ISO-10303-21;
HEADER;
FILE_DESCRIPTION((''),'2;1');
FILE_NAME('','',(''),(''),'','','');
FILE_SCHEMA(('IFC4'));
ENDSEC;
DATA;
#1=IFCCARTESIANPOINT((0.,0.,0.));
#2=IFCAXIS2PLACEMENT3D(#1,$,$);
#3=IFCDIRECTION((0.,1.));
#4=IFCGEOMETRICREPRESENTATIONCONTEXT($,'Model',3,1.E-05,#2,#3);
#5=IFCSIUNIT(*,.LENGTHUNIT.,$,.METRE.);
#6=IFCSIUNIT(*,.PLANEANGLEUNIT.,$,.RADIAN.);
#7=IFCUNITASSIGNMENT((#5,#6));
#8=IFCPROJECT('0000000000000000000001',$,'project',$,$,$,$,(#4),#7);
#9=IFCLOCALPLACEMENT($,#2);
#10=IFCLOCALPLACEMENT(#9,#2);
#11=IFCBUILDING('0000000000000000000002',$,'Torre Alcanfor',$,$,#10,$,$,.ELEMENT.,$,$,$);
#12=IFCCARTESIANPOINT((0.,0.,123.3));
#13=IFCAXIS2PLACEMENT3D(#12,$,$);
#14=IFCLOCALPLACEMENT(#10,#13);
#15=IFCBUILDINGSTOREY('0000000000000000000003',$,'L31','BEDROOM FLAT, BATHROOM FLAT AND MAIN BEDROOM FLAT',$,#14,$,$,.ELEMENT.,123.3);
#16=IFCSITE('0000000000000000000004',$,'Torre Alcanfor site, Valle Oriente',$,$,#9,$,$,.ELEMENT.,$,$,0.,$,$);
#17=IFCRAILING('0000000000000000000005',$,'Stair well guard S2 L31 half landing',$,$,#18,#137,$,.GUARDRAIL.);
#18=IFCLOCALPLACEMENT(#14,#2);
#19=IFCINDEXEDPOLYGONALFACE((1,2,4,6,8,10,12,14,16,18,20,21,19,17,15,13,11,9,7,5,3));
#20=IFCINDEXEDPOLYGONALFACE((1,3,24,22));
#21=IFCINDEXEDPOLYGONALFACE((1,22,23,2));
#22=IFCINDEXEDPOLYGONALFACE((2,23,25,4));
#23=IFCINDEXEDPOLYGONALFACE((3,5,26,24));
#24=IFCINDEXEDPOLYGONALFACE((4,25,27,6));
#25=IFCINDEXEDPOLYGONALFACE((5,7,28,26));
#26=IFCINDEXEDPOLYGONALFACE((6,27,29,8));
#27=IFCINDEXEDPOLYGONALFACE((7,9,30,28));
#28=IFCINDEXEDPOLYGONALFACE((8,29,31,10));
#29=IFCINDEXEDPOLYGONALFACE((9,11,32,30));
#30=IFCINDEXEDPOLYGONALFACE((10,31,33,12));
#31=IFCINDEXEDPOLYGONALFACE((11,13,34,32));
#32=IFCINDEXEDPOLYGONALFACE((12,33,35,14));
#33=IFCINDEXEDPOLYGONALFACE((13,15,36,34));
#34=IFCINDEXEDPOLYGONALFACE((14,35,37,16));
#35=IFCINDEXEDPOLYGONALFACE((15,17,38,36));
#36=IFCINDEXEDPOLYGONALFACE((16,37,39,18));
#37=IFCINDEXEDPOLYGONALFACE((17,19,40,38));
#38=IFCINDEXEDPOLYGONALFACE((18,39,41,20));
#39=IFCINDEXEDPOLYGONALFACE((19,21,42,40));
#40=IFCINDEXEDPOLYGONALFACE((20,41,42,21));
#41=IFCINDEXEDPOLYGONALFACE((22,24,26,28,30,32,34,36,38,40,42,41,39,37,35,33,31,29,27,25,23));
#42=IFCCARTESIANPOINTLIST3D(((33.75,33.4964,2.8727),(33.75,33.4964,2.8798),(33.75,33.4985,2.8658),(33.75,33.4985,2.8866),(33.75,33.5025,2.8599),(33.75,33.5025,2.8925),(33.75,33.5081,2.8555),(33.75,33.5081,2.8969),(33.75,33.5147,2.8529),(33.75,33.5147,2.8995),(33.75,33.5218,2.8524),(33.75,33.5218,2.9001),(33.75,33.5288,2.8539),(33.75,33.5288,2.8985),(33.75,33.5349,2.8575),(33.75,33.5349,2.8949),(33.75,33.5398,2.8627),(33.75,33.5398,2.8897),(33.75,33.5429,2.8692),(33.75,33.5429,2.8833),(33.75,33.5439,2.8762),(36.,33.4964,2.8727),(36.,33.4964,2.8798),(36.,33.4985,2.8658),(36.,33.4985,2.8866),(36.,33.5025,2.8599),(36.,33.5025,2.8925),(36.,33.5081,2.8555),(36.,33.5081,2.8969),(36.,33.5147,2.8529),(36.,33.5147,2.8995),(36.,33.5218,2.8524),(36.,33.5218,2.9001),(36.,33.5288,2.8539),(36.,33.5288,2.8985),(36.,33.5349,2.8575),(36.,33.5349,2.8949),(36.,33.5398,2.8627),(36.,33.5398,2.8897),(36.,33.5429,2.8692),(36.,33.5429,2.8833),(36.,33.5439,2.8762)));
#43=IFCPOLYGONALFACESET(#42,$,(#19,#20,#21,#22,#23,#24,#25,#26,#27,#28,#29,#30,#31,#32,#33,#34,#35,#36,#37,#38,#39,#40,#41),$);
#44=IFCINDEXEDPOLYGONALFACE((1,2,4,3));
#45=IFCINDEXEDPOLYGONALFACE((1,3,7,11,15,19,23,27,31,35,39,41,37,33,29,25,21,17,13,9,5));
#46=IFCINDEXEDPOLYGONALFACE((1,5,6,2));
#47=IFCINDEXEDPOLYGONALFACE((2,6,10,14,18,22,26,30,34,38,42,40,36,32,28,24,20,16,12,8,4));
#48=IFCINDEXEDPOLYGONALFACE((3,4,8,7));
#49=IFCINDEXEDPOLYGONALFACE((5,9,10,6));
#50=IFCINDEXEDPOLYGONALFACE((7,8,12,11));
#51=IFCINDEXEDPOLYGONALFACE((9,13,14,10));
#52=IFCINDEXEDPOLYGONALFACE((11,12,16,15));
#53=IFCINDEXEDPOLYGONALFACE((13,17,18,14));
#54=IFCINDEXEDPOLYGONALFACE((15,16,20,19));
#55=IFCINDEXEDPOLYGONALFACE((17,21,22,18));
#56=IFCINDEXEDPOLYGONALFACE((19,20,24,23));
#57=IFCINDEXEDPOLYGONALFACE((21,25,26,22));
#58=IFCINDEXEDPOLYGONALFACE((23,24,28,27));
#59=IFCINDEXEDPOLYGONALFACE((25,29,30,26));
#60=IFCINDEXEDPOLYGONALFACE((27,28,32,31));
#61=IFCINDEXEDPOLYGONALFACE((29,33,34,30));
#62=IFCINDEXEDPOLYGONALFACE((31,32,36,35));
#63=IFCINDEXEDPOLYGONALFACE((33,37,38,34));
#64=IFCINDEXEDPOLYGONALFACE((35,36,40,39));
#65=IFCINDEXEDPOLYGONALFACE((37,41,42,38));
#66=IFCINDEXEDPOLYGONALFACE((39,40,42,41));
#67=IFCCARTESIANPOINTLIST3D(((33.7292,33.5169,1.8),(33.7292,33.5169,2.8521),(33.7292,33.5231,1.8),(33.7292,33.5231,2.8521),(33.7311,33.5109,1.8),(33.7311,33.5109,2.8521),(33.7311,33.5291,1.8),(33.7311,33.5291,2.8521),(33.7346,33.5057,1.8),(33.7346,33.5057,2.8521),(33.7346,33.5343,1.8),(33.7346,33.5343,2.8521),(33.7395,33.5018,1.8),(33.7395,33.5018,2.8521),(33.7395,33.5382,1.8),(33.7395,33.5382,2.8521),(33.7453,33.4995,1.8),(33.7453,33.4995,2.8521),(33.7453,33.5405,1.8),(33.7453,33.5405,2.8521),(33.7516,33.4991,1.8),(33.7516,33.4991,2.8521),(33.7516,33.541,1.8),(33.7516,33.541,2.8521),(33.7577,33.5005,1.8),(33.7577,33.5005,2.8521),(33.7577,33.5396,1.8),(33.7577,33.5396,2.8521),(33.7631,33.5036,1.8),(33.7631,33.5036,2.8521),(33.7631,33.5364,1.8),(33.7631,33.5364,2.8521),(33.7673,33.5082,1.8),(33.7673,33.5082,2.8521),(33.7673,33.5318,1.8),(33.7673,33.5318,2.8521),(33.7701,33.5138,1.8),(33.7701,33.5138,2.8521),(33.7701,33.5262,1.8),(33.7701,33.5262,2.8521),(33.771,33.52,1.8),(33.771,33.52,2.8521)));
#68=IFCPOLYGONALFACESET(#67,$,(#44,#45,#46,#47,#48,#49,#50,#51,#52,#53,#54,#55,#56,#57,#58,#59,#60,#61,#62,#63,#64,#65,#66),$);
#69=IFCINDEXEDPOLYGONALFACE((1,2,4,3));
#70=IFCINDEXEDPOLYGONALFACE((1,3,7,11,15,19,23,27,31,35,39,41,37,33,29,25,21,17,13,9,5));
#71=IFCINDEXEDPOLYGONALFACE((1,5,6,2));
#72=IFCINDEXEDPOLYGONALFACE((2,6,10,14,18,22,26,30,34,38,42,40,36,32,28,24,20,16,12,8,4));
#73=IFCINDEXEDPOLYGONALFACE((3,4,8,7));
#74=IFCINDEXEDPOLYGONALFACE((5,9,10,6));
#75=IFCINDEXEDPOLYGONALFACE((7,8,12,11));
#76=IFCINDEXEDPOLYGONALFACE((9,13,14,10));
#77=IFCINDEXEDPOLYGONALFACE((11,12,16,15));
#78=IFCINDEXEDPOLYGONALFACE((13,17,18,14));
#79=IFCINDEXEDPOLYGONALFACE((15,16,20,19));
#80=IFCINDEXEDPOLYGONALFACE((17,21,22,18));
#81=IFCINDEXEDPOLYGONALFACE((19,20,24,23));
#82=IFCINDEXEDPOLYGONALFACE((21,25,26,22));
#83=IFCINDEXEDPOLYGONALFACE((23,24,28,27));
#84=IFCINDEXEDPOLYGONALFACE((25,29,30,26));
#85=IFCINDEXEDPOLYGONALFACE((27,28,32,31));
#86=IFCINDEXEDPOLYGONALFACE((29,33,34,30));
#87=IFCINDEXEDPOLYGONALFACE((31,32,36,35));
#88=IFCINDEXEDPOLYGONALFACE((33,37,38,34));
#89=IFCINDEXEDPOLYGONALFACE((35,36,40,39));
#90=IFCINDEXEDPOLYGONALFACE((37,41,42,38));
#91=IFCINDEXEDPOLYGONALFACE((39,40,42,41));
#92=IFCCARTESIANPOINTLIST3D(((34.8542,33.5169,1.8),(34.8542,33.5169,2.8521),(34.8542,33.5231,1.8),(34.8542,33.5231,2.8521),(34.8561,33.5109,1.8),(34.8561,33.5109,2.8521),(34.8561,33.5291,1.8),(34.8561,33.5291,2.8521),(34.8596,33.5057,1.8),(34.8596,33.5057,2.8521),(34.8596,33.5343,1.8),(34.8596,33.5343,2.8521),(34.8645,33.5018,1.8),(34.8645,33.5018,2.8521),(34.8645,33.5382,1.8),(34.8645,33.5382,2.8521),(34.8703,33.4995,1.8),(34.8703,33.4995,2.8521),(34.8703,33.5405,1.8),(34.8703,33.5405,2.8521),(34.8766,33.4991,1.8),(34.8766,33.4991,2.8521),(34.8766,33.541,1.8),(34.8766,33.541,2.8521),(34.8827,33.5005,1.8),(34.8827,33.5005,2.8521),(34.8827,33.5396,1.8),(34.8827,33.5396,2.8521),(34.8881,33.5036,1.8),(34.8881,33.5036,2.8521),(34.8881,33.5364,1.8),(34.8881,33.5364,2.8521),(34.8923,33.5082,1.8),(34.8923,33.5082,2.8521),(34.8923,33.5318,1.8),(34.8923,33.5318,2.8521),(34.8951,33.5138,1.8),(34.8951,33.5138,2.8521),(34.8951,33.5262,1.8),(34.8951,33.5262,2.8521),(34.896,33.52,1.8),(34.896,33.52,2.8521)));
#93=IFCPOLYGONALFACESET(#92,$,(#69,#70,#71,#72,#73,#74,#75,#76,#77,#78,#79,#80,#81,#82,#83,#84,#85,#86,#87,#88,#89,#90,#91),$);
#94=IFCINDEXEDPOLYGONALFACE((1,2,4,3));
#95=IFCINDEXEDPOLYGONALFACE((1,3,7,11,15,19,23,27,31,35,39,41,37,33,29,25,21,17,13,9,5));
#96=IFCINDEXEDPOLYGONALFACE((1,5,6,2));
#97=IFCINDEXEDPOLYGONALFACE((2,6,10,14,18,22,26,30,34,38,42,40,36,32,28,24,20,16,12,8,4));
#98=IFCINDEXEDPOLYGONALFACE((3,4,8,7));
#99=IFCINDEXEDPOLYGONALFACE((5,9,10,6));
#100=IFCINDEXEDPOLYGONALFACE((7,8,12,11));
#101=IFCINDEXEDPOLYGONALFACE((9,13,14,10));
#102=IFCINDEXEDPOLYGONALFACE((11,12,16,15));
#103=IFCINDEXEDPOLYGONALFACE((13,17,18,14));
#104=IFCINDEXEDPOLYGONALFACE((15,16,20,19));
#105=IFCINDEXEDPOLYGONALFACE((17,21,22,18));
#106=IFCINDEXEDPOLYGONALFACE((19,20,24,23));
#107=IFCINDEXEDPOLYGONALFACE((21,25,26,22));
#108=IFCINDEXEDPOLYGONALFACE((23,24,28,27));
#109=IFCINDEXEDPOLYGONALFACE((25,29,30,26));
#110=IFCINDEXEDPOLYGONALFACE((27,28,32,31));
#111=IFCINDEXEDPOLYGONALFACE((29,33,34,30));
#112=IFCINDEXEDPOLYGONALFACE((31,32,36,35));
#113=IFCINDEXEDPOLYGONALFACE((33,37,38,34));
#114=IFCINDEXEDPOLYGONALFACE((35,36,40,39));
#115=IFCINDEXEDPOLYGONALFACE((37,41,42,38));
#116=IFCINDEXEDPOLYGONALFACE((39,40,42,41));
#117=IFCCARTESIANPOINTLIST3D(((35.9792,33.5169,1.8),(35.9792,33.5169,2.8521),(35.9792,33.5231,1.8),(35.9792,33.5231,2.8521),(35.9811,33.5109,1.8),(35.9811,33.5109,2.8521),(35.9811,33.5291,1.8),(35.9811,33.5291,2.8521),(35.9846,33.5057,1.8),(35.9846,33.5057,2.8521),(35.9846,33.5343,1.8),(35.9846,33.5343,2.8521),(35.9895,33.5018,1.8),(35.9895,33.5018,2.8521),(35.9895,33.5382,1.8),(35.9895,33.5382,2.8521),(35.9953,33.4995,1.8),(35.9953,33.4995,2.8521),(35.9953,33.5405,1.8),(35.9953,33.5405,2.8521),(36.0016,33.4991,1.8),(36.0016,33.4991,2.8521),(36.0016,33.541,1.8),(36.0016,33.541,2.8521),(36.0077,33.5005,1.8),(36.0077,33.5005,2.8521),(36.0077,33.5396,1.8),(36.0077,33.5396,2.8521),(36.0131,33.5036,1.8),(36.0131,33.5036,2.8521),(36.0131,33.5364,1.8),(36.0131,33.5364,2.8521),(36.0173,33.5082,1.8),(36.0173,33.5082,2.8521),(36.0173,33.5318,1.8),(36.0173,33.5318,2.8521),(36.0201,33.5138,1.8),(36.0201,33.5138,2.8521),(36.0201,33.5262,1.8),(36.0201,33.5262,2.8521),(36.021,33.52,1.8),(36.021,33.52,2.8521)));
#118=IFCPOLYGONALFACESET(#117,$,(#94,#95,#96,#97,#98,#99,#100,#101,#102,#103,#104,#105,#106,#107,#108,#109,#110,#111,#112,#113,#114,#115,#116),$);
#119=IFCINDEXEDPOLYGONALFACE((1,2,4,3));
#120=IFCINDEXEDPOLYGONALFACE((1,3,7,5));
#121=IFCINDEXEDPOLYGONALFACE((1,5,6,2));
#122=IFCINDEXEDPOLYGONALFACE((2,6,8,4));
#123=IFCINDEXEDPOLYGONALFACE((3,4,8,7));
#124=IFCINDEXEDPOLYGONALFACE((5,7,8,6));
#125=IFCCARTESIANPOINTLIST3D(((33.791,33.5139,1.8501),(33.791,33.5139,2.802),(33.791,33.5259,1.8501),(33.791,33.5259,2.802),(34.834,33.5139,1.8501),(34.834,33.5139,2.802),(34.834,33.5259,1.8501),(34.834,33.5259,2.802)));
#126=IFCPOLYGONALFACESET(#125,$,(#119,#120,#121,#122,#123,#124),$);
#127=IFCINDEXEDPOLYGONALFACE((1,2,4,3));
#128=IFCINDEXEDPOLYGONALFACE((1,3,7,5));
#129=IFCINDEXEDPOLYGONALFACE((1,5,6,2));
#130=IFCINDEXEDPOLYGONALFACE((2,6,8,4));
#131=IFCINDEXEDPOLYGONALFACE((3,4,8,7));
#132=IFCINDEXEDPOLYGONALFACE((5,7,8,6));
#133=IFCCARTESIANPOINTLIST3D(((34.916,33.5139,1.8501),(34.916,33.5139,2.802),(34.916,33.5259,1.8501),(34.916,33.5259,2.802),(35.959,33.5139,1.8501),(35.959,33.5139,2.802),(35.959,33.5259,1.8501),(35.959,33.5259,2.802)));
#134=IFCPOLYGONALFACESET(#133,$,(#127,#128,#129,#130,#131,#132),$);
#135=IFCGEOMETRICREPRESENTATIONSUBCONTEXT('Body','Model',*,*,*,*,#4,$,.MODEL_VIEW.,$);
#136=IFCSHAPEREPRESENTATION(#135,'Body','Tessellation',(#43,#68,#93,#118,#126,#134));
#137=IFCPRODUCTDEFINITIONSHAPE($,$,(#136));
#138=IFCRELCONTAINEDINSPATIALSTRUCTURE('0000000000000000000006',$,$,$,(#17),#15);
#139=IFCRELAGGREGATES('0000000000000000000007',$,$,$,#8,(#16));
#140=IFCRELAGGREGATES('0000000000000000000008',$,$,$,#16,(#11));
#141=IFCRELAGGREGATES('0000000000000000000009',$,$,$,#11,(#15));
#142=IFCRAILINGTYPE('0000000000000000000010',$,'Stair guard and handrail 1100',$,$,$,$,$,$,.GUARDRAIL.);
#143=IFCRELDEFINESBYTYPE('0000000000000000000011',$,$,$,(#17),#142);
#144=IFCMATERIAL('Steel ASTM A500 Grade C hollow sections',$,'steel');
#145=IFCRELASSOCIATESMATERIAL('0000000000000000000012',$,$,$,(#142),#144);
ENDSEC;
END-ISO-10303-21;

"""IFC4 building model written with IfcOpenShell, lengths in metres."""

from ifc_helpers import new_model, si_unit, direction, frame, origin, origin_2d, place, context, subcontext, project, spatial, polyline, circle, outline, extrude, material, type_object, element, save


model = new_model("IFC4")

# Units and contexts
model_context = context("Model", 3, precision=1e-05, world=origin(), true_north=direction((0.0, 1.0)))
body_context = subcontext(model_context, "Body", "Model", "MODEL_VIEW")
ifc_project = project(units=[si_unit("LENGTHUNIT", "METRE"), si_unit("PLANEANGLEUNIT", "RADIAN")], contexts=[model_context])

# Site, building, storey
site_placement = place(None, origin())
site = spatial("IfcSite", under=ifc_project, at=site_placement, Name="Torre Alcanfor site, Valle Oriente", CompositionType="ELEMENT", RefElevation=0.0)
building_placement = place(site_placement, origin())
building = spatial("IfcBuilding", under=site, at=building_placement, Name="Torre Alcanfor", CompositionType="ELEMENT")
storey_placement = place(building_placement, frame((0.0, 0.0, 123.3)))
storey = spatial("IfcBuildingStorey", under=building, at=storey_placement, Name="L31", Description="BEDROOM FLAT, BATHROOM FLAT AND MAIN BEDROOM FLAT", CompositionType="ELEMENT", Elevation=123.3)

# Railing
ifc_material_1 = material(Name="Steel ASTM A500 Grade C hollow sections", Category="steel")
railing_type_1 = type_object("IfcRailingType", Name="Stair guard and handrail 1100", PredefinedType="GUARDRAIL", material=ifc_material_1)
for number, where, name in (
    (1, (33.75, 33.52, 1.8), "Stair well guard S2 L31 half landing"),
):
    element("IfcRailing", number, at=place(storey_placement, frame(where)), inside=storey, type_object=railing_type_1, Name=name, PredefinedType="GUARDRAIL", context=body_context, shape_type="SweptSolid", body=[
        extrude(circle(Radius=0.0239, at=origin_2d()), frame((0.0, 0.0, 1.0762), z_axis=(1.0, 0.0, 0.0), x_axis=(0.0, 1.0, 0.0)), (0.0, 0.0, 1.0), 2.25),
        extrude(circle(Radius=0.021, at=origin_2d()), origin(), (0.0, 0.0, 1.0), 1.052),
        extrude(circle(Radius=0.021, at=origin_2d()), frame((1.125, 0.0, 0.0)), (0.0, 0.0, 1.0), 1.052),
        extrude(circle(Radius=0.021, at=origin_2d()), frame((2.25, 0.0, 0.0)), (0.0, 0.0, 1.0), 1.052),
        extrude(outline(polyline([(0.041, 0.05), (1.084, 0.05), (1.084, 1.002), (0.041, 1.002), (0.041, 0.05)])), frame((0.0, 0.0059, 0.0), z_axis=(0.0, -1.0, 0.0), x_axis=(1.0, 0.0, 0.0)), (0.0, 0.0, 1.0), 0.012),
        extrude(outline(polyline([(1.166, 0.05), (2.209, 0.05), (2.209, 1.002), (1.166, 1.002), (1.166, 0.05)])), frame((0.0, 0.0059, 0.0), z_axis=(0.0, -1.0, 0.0), x_axis=(1.0, 0.0, 0.0)), (0.0, 0.0, 1.0), 0.012),
    ])

save(model, "model.ifc")
